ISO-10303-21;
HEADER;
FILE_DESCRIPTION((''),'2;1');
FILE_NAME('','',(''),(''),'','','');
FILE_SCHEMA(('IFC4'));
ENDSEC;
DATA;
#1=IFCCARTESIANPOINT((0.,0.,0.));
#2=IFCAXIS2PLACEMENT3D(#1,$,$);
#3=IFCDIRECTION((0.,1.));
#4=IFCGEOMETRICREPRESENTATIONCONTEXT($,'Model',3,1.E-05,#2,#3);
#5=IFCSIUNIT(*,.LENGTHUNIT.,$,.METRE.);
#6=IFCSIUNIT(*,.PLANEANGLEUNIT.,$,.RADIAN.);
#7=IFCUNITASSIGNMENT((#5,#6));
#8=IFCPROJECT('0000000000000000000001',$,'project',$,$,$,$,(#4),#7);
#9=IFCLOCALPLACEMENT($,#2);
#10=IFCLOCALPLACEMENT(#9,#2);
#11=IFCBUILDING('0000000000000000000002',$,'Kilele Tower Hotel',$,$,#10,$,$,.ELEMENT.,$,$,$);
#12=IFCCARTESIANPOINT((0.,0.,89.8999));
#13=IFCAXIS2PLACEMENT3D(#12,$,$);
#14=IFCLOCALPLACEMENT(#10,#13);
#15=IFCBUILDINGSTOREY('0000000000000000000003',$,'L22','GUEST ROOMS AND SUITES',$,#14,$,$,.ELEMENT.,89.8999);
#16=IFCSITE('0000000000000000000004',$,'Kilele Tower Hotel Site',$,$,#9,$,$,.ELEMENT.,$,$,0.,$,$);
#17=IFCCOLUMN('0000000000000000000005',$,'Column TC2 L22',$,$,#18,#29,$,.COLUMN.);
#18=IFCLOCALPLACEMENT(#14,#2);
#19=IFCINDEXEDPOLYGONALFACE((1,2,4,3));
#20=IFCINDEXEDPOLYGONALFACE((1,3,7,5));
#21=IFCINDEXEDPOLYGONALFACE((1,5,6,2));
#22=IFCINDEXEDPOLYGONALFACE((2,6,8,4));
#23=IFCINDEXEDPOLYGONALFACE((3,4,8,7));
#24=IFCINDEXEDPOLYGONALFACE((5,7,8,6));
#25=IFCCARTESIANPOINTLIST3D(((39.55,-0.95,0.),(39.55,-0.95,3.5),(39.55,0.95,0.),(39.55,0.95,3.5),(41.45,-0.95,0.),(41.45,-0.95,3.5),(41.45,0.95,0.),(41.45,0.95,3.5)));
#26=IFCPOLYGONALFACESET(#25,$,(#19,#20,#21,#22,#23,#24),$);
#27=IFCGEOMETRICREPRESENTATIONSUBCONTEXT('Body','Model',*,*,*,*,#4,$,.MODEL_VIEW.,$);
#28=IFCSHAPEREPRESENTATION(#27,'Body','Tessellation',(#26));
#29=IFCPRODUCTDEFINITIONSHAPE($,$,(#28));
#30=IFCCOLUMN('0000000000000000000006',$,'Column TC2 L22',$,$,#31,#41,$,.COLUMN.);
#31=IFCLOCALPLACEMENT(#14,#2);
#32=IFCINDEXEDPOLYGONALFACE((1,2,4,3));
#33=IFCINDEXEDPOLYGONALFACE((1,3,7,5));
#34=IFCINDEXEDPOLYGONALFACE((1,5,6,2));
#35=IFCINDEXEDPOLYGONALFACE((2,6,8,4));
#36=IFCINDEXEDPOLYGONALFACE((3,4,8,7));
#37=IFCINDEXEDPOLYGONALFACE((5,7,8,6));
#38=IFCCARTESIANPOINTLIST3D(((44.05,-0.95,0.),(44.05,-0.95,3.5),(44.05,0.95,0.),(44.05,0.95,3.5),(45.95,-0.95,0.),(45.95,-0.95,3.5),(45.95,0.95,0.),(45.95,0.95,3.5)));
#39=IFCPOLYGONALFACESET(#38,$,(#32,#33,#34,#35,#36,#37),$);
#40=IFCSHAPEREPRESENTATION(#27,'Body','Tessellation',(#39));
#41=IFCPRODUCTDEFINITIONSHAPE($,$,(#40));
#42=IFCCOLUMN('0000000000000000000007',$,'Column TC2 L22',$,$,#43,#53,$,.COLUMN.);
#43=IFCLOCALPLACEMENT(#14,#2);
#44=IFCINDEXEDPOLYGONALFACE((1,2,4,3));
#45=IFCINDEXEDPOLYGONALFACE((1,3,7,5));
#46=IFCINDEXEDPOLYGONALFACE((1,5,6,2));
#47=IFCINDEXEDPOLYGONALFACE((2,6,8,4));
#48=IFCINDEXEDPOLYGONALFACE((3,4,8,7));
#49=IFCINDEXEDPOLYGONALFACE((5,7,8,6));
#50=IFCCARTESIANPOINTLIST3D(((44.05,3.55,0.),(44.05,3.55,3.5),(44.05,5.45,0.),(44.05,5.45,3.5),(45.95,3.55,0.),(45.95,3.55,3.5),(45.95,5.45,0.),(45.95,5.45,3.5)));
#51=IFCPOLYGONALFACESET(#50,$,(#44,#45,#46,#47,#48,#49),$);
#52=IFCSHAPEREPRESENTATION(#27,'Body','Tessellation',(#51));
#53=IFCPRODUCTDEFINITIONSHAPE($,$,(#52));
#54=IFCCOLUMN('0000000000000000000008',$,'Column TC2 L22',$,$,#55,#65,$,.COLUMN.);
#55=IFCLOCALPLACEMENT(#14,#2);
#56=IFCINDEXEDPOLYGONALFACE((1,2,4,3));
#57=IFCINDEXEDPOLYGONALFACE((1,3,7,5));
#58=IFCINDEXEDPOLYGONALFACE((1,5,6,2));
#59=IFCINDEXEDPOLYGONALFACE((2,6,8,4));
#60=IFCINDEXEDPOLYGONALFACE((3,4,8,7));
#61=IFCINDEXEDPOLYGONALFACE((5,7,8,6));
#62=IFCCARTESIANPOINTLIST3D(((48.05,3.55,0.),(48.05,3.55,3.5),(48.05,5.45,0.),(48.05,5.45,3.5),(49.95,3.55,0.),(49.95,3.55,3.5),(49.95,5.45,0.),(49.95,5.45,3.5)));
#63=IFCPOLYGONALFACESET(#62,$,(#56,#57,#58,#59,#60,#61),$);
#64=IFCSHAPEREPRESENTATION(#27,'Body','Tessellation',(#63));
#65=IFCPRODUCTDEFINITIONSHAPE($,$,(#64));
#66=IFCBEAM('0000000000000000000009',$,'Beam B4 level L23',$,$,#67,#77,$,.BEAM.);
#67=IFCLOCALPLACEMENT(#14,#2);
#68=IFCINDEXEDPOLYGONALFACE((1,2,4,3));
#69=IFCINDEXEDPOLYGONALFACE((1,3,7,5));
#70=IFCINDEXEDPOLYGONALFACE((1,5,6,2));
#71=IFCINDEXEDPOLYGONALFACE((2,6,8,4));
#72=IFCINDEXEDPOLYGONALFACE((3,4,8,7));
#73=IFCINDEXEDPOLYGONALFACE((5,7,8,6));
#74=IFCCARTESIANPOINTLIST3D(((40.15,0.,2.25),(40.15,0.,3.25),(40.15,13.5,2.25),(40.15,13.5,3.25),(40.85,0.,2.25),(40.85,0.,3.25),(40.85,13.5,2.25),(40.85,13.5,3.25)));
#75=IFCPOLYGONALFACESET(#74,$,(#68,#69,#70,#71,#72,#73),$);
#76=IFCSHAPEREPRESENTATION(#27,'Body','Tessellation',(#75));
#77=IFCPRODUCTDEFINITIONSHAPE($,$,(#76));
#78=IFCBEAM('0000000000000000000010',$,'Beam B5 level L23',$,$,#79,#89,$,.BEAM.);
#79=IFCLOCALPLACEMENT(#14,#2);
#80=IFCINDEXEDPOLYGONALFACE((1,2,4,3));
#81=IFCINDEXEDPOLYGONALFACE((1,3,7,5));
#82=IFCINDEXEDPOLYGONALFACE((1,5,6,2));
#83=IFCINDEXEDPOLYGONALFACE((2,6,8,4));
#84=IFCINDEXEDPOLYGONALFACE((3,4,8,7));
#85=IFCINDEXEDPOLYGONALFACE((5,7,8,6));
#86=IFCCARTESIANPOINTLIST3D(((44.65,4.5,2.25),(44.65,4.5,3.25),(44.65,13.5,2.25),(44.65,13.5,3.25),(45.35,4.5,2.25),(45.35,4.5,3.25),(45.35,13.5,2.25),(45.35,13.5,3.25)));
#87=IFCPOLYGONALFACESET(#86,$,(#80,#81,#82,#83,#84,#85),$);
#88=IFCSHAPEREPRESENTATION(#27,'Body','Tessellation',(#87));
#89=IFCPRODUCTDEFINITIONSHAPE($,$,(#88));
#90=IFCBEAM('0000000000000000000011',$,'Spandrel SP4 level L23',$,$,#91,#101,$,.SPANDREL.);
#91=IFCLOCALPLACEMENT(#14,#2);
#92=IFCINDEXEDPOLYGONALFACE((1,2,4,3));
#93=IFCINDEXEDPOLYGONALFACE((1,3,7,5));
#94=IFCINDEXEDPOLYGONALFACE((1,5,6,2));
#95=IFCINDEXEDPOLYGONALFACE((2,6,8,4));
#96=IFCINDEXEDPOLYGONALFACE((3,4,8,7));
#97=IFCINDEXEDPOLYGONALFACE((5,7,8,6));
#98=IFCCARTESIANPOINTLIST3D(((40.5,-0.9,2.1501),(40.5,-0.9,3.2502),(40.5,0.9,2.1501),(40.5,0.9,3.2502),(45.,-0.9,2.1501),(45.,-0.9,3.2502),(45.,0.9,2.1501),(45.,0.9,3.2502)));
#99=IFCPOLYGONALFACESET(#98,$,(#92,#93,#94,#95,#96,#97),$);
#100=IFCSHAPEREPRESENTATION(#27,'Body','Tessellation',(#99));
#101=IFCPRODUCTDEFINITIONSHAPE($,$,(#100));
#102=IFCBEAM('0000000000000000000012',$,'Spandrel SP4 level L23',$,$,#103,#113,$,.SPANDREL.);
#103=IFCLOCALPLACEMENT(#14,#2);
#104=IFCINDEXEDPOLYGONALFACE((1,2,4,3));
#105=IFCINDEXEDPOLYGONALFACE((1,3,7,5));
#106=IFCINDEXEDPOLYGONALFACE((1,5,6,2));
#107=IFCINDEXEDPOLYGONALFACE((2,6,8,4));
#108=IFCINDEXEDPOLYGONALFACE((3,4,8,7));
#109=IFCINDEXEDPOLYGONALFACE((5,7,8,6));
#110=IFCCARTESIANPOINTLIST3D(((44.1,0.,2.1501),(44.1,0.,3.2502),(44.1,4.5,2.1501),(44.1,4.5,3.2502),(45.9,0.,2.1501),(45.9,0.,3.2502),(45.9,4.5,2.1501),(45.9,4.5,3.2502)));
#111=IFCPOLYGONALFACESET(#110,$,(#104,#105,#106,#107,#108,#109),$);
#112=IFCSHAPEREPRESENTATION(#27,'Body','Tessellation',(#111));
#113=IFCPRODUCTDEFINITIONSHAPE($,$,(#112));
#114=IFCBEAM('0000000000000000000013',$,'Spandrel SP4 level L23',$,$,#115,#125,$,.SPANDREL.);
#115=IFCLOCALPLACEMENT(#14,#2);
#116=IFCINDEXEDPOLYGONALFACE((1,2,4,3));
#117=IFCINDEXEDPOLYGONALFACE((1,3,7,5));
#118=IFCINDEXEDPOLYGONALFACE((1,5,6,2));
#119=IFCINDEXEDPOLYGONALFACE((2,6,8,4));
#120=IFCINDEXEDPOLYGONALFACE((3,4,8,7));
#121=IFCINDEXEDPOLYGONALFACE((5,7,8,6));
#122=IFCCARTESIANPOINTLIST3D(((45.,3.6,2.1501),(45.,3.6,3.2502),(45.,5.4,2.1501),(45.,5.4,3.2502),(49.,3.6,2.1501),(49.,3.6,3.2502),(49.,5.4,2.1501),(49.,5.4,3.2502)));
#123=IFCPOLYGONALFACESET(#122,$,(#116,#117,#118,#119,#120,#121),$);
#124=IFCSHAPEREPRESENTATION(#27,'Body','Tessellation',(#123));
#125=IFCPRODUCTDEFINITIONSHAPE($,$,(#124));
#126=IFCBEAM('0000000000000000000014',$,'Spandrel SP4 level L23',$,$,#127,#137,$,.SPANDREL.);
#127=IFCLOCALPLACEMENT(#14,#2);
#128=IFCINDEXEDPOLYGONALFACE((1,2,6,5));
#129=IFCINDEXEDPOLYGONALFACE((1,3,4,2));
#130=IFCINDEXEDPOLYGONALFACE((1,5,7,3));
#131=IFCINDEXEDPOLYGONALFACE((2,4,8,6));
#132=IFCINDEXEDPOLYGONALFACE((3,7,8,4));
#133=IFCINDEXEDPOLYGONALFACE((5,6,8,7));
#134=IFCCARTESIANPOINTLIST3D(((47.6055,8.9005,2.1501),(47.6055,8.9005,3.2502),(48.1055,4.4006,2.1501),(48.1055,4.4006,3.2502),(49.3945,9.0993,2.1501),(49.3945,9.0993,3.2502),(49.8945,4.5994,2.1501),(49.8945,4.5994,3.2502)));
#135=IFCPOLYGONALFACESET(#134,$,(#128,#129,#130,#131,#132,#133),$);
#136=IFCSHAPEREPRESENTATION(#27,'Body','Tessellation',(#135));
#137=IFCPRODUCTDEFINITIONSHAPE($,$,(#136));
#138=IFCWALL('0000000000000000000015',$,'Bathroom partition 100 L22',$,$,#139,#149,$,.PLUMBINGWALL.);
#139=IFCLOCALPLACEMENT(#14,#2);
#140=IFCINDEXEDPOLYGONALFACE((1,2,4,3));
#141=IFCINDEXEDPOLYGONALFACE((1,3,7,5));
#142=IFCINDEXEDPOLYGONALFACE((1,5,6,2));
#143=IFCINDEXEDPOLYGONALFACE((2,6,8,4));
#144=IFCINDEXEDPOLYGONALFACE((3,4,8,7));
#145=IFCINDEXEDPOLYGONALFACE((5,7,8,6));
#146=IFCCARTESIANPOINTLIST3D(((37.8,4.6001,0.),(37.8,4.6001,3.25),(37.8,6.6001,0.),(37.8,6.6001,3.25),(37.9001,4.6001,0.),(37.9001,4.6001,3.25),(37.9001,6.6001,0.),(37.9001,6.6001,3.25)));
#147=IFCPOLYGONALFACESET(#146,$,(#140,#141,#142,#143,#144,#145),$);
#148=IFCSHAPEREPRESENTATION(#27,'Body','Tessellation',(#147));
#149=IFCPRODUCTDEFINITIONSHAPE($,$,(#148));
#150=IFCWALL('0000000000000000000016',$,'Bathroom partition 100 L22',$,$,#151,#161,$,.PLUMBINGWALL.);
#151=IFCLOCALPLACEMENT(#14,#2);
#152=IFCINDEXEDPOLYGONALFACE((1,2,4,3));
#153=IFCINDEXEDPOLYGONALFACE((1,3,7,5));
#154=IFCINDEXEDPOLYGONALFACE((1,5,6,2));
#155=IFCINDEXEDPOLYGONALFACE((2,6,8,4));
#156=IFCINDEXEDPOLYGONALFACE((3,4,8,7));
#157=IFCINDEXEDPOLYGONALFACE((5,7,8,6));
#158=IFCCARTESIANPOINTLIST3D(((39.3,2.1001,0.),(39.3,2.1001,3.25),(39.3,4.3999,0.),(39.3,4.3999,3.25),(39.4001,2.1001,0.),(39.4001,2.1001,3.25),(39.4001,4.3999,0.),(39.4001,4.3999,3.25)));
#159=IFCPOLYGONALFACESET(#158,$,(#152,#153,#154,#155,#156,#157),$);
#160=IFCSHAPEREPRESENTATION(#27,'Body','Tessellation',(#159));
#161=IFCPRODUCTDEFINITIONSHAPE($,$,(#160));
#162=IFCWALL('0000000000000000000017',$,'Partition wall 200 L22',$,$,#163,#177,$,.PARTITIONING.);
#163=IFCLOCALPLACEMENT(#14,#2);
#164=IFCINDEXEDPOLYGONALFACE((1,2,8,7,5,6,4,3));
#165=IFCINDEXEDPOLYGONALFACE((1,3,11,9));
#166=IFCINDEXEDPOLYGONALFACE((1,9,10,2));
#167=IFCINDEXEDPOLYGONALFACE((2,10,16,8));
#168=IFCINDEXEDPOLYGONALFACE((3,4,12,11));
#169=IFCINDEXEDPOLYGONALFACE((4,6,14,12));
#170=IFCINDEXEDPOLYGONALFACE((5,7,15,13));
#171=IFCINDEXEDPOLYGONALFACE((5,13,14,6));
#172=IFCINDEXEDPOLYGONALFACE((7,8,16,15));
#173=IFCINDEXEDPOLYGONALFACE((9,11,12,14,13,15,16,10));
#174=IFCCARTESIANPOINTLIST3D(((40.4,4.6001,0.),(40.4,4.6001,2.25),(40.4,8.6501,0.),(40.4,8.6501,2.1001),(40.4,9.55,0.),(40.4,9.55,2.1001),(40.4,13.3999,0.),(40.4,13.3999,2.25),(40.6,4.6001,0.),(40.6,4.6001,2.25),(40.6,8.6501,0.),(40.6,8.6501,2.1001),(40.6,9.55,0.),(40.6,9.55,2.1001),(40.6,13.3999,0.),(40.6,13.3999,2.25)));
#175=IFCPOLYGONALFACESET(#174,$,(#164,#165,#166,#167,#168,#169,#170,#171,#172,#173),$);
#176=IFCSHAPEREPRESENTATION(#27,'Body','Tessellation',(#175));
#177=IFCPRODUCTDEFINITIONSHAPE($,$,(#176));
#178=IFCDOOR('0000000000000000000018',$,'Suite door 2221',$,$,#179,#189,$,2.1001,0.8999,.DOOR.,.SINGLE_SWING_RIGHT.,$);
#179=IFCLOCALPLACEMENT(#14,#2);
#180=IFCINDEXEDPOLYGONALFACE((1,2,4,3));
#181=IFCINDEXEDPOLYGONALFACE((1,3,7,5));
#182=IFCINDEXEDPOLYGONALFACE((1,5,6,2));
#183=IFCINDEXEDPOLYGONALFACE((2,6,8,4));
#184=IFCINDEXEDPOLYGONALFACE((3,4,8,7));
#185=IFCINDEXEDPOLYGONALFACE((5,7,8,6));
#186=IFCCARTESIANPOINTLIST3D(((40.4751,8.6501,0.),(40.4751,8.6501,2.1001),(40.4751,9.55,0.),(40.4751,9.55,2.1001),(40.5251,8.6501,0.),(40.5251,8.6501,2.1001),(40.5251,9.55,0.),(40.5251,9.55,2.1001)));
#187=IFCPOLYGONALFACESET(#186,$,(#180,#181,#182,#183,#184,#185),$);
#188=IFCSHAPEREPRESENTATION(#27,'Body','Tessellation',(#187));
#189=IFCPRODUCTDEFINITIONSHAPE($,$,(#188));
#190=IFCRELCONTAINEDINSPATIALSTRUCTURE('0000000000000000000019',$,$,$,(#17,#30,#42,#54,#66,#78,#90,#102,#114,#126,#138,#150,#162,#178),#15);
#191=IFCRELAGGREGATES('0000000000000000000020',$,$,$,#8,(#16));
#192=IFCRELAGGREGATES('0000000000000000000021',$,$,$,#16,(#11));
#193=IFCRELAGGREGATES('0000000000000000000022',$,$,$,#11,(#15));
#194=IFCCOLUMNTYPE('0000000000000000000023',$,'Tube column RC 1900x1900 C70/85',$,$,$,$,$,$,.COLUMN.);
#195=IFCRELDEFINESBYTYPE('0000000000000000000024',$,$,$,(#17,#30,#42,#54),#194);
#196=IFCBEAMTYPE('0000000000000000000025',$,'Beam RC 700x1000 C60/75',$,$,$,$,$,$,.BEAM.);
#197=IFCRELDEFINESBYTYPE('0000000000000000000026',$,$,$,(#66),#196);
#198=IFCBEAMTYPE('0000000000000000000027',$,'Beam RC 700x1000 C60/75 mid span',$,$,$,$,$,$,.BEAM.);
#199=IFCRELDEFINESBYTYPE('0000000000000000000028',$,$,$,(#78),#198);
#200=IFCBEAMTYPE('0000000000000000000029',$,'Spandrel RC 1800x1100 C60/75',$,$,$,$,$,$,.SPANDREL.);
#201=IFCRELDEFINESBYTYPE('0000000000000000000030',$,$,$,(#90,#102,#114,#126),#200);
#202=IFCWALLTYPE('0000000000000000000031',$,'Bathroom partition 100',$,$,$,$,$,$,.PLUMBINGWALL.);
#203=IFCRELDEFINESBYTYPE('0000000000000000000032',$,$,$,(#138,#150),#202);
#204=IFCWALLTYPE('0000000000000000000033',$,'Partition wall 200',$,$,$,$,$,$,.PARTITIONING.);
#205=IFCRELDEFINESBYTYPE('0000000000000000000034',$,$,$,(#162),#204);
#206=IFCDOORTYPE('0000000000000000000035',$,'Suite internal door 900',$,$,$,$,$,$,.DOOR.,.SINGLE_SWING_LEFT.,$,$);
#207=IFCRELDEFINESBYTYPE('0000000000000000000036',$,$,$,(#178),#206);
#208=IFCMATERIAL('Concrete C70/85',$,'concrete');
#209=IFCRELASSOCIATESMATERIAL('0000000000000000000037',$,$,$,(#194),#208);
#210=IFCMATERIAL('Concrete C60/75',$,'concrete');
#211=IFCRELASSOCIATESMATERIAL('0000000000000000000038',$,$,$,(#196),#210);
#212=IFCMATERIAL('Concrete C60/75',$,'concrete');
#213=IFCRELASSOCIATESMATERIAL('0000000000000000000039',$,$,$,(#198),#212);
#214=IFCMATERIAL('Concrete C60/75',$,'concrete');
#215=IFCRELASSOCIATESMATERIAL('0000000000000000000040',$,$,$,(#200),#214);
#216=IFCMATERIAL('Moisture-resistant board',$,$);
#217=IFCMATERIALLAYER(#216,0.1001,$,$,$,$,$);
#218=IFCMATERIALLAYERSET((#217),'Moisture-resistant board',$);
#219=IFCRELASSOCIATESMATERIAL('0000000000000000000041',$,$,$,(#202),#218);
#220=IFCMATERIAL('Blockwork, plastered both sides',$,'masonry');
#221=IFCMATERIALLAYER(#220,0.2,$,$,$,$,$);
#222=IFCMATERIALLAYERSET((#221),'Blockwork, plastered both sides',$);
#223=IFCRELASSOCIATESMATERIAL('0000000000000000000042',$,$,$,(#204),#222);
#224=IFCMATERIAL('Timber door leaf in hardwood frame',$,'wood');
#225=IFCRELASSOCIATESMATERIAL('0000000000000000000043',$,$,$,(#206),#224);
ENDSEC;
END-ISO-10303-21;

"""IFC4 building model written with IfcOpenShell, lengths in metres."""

from ifc_helpers import new_model, si_unit, direction, frame, frame_2d, origin, origin_2d, place, context, subcontext, project, spatial, rectangle, extrude, material, layer, layer_set, material_profile, profile_set, type_object, element, fill, save


model = new_model("IFC4")

# Units and contexts
model_context = context("Model", 3, precision=1e-05, world=origin(), true_north=direction((0.0, 1.0)))
body_context = subcontext(model_context, "Body", "Model", "MODEL_VIEW")
ifc_project = project(units=[si_unit("LENGTHUNIT", "METRE"), si_unit("PLANEANGLEUNIT", "RADIAN")], contexts=[model_context])

# Site, building, storey
site_placement = place(None, origin())
site = spatial("IfcSite", under=ifc_project, at=site_placement, Name="Kilele Tower Hotel Site", CompositionType="ELEMENT", RefElevation=0.0)
building_placement = place(site_placement, origin())
building = spatial("IfcBuilding", under=site, at=building_placement, Name="Kilele Tower Hotel", CompositionType="ELEMENT")
storey_placement = place(building_placement, frame((0.0, 0.0, 89.8999)))
storey = spatial("IfcBuildingStorey", under=building, at=storey_placement, Name="L22", Description="GUEST ROOMS AND SUITES", CompositionType="ELEMENT", Elevation=89.8999)

# Columns
ifc_material_1 = material(Name="Concrete C70/85", Category="concrete")
ifc_material_profile_1 = material_profile(ifc_material_1, rectangle(XDim=1.8999, YDim=1.8999, at=origin_2d()))
ifc_profile_set_1 = profile_set([ifc_material_profile_1], Name="Concrete C70/85")
column_type = type_object("IfcColumnType", Name="Tube column RC 1900x1900 C70/85", PredefinedType="COLUMN", material=ifc_profile_set_1)
for number, where, z_axis, x_axis, name in (
    (1, (40.5, 0.0, 0.0), (0.0, 0.0, 1.0), (1.0, 0.0, 0.0), "Column TC2 L22"),
    (2, (45.0, 0.0, 0.0), (0.0, 0.0, 1.0), (1.0, 0.0, 0.0), "Column TC2 L22"),
    (3, (45.0, 4.5, 0.0), (0.0, 0.0, 1.0), (1.0, 0.0, 0.0), "Column TC2 L22"),
    (4, (49.0, 4.5, 0.0), (0.0, 0.0, 1.0), (1.0, 0.0, 0.0), "Column TC2 L22"),
):
    element("IfcColumn", number, at=place(storey_placement, frame(where, z_axis=z_axis, x_axis=x_axis)), inside=storey, type_object=column_type, Name=name, PredefinedType="COLUMN", context=body_context, shape_type="SweptSolid", body=[
        extrude(rectangle(XDim=1.8999, YDim=1.8999, at=origin_2d()), origin(), (0.0, 0.0, 1.0), 3.5),
    ])

# Beams
ifc_material_2 = material(Name="Concrete C60/75", Category="concrete")
ifc_material_profile_2 = material_profile(ifc_material_2, rectangle(XDim=0.7, YDim=1.0, at=origin_2d()))
ifc_profile_set_2 = profile_set([ifc_material_profile_2], Name="Concrete C60/75")
beam_type_1 = type_object("IfcBeamType", Name="Beam RC 700x1000 C60/75", PredefinedType="BEAM", material=ifc_profile_set_2)
beam_1_placement = place(storey_placement, frame((40.5, 0.0, 2.75), z_axis=(0.0, 1.0, 0.0), x_axis=(-1.0, 0.0, 0.0)))
element("IfcBeam", 5, at=beam_1_placement, inside=storey, type_object=beam_type_1, Name="Beam B4 level L23", PredefinedType="BEAM", context=body_context, shape_type="SweptSolid", body=[
    extrude(rectangle(XDim=0.7, YDim=1.0, at=origin_2d()), origin(), (0.0, 0.0, 1.0), 13.5),
])
ifc_material_3 = material(Name="Concrete C60/75", Category="concrete")
ifc_material_profile_3 = material_profile(ifc_material_3, rectangle(XDim=0.7, YDim=1.0, at=origin_2d()))
ifc_profile_set_3 = profile_set([ifc_material_profile_3], Name="Concrete C60/75")
beam_type_2 = type_object("IfcBeamType", Name="Beam RC 700x1000 C60/75 mid span", PredefinedType="BEAM", material=ifc_profile_set_3)
beam_2_placement = place(storey_placement, frame((45.0, 4.5, 2.75), z_axis=(0.0, 1.0, 0.0), x_axis=(-1.0, 0.0, 0.0)))
element("IfcBeam", 6, at=beam_2_placement, inside=storey, type_object=beam_type_2, Name="Beam B5 level L23", PredefinedType="BEAM", context=body_context, shape_type="SweptSolid", body=[
    extrude(rectangle(XDim=0.7, YDim=1.0, at=origin_2d()), origin(), (0.0, 0.0, 1.0), 9.0),
])
ifc_material_4 = material(Name="Concrete C60/75", Category="concrete")
ifc_material_profile_4 = material_profile(ifc_material_4, rectangle(XDim=1.8, YDim=1.1001, at=origin_2d()))
ifc_profile_set_4 = profile_set([ifc_material_profile_4], Name="Concrete C60/75")
beam_type_3 = type_object("IfcBeamType", Name="Spandrel RC 1800x1100 C60/75", PredefinedType="SPANDREL", material=ifc_profile_set_4)
for number, where, z_axis, x_axis, name in (
    (7, (40.5, 0.0, 2.7002), (1.0, 0.0, 0.0), (0.0, 1.0, 0.0), "Spandrel SP4 level L23"),
    (8, (45.0, 0.0, 2.7002), (0.0, 1.0, 0.0), (-1.0, 0.0, 0.0), "Spandrel SP4 level L23"),
):
    element("IfcBeam", number, at=place(storey_placement, frame(where, z_axis=z_axis, x_axis=x_axis)), inside=storey, type_object=beam_type_3, Name=name, PredefinedType="SPANDREL", context=body_context, shape_type="SweptSolid", body=[
        extrude(rectangle(XDim=1.8, YDim=1.1001, at=origin_2d()), origin(), (0.0, 0.0, 1.0), 4.5),
    ])
beam_3_placement = place(storey_placement, frame((45.0, 4.5, 2.7002), z_axis=(1.0, 0.0, 0.0), x_axis=(0.0, 1.0, 0.0)))
element("IfcBeam", 9, at=beam_3_placement, inside=storey, type_object=beam_type_3, Name="Spandrel SP4 level L23", PredefinedType="SPANDREL", context=body_context, shape_type="SweptSolid", body=[
    extrude(rectangle(XDim=1.8, YDim=1.1001, at=origin_2d()), origin(), (0.0, 0.0, 1.0), 4.0),
])
beam_4_placement = place(storey_placement, frame((49.0, 4.5, 2.7002), z_axis=(-0.110432, 0.993884, 0.0), x_axis=(-0.993884, -0.110432, 0.0)))
element("IfcBeam", 10, at=beam_4_placement, inside=storey, type_object=beam_type_3, Name="Spandrel SP4 level L23", PredefinedType="SPANDREL", context=body_context, shape_type="SweptSolid", body=[
    extrude(rectangle(XDim=1.8, YDim=1.1001, at=origin_2d()), origin(), (0.0, 0.0, 1.0), 4.5276),
])

# Walls
ifc_material_5 = material(Name="Moisture-resistant board")
ifc_layer_1 = layer(ifc_material_5, 0.1001)
ifc_layer_set_1 = layer_set([ifc_layer_1], Name="Moisture-resistant board")
wall_type_1 = type_object("IfcWallType", Name="Bathroom partition 100", PredefinedType="PLUMBINGWALL", material=ifc_layer_set_1)
wall_1_placement = place(storey_placement, frame((37.8501, 4.6001, 0.0), z_axis=(0.0, 0.0, 1.0), x_axis=(0.0, 1.0, 0.0)))
element("IfcWall", 11, at=wall_1_placement, inside=storey, type_object=wall_type_1, Name="Bathroom partition 100 L22", PredefinedType="PLUMBINGWALL", context=body_context, shape_type="SweptSolid", body=[
    extrude(rectangle(XDim=2.0, YDim=0.1001, at=frame_2d((1.0, 0.0))), origin(), (0.0, 0.0, 1.0), 3.25),
])
wall_2_placement = place(storey_placement, frame((39.3501, 4.3999, 0.0), z_axis=(0.0, 0.0, 1.0), x_axis=(0.0, -1.0, 0.0)))
element("IfcWall", 12, at=wall_2_placement, inside=storey, type_object=wall_type_1, Name="Bathroom partition 100 L22", PredefinedType="PLUMBINGWALL", context=body_context, shape_type="SweptSolid", body=[
    extrude(rectangle(XDim=2.2998, YDim=0.1001, at=frame_2d((1.1499, 0.0))), origin(), (0.0, 0.0, 1.0), 3.25),
])

# Wall, opening, door
ifc_material_6 = material(Name="Blockwork, plastered both sides", Category="masonry")
ifc_layer_2 = layer(ifc_material_6, 0.2)
ifc_layer_set_2 = layer_set([ifc_layer_2], Name="Blockwork, plastered both sides")
wall_type_2 = type_object("IfcWallType", Name="Partition wall 200", PredefinedType="PARTITIONING", material=ifc_layer_set_2)
wall_3_placement = place(storey_placement, frame((40.5, 4.6001, 0.0), z_axis=(0.0, 0.0, 1.0), x_axis=(0.0, 1.0, 0.0)))
wall_3 = element("IfcWall", 13, at=wall_3_placement, inside=storey, type_object=wall_type_2, Name="Partition wall 200 L22", PredefinedType="PARTITIONING", context=body_context, shape_type="SweptSolid", body=[
    extrude(rectangle(XDim=8.7998, YDim=0.2, at=frame_2d((4.3999, 0.0))), origin(), (0.0, 0.0, 1.0), 2.25),
])
opening_1_placement = place(wall_3_placement, frame((4.05, 0.0, 0.0)))
opening_1 = element("IfcOpeningElement", 14, at=opening_1_placement, cuts=wall_3, PredefinedType="OPENING", context=body_context, shape_type="SweptSolid", body=[
    extrude(rectangle(XDim=0.8999, YDim=2.1001, at=frame_2d((0.45, 1.05))), frame((0.0, 0.1099, 0.0), z_axis=(0.0, -1.0, 0.0), x_axis=(1.0, 0.0, 0.0)), (0.0, 0.0, 1.0), 0.22),
])
ifc_material_7 = material(Name="Timber door leaf in hardwood frame", Category="wood")
door_type = type_object("IfcDoorType", Name="Suite internal door 900", OperationType="SINGLE_SWING_LEFT", PredefinedType="DOOR", material=ifc_material_7)
door_placement = place(opening_1_placement, origin())
door = element("IfcDoor", 15, at=door_placement, inside=storey, type_object=door_type, Name="Suite door 2221", OperationType="SINGLE_SWING_RIGHT", OverallHeight=2.1001, OverallWidth=0.8999, PredefinedType="DOOR", context=body_context, shape_type="SweptSolid", body=[
    extrude(rectangle(XDim=0.8999, YDim=2.1001, at=frame_2d((0.45, 1.05))), frame((0.0, 0.0249, 0.0), z_axis=(0.0, -1.0, 0.0), x_axis=(1.0, 0.0, 0.0)), (0.0, 0.0, 1.0), 0.05),
])
fill(opening_1, door)

save(model, "model.ifc")
